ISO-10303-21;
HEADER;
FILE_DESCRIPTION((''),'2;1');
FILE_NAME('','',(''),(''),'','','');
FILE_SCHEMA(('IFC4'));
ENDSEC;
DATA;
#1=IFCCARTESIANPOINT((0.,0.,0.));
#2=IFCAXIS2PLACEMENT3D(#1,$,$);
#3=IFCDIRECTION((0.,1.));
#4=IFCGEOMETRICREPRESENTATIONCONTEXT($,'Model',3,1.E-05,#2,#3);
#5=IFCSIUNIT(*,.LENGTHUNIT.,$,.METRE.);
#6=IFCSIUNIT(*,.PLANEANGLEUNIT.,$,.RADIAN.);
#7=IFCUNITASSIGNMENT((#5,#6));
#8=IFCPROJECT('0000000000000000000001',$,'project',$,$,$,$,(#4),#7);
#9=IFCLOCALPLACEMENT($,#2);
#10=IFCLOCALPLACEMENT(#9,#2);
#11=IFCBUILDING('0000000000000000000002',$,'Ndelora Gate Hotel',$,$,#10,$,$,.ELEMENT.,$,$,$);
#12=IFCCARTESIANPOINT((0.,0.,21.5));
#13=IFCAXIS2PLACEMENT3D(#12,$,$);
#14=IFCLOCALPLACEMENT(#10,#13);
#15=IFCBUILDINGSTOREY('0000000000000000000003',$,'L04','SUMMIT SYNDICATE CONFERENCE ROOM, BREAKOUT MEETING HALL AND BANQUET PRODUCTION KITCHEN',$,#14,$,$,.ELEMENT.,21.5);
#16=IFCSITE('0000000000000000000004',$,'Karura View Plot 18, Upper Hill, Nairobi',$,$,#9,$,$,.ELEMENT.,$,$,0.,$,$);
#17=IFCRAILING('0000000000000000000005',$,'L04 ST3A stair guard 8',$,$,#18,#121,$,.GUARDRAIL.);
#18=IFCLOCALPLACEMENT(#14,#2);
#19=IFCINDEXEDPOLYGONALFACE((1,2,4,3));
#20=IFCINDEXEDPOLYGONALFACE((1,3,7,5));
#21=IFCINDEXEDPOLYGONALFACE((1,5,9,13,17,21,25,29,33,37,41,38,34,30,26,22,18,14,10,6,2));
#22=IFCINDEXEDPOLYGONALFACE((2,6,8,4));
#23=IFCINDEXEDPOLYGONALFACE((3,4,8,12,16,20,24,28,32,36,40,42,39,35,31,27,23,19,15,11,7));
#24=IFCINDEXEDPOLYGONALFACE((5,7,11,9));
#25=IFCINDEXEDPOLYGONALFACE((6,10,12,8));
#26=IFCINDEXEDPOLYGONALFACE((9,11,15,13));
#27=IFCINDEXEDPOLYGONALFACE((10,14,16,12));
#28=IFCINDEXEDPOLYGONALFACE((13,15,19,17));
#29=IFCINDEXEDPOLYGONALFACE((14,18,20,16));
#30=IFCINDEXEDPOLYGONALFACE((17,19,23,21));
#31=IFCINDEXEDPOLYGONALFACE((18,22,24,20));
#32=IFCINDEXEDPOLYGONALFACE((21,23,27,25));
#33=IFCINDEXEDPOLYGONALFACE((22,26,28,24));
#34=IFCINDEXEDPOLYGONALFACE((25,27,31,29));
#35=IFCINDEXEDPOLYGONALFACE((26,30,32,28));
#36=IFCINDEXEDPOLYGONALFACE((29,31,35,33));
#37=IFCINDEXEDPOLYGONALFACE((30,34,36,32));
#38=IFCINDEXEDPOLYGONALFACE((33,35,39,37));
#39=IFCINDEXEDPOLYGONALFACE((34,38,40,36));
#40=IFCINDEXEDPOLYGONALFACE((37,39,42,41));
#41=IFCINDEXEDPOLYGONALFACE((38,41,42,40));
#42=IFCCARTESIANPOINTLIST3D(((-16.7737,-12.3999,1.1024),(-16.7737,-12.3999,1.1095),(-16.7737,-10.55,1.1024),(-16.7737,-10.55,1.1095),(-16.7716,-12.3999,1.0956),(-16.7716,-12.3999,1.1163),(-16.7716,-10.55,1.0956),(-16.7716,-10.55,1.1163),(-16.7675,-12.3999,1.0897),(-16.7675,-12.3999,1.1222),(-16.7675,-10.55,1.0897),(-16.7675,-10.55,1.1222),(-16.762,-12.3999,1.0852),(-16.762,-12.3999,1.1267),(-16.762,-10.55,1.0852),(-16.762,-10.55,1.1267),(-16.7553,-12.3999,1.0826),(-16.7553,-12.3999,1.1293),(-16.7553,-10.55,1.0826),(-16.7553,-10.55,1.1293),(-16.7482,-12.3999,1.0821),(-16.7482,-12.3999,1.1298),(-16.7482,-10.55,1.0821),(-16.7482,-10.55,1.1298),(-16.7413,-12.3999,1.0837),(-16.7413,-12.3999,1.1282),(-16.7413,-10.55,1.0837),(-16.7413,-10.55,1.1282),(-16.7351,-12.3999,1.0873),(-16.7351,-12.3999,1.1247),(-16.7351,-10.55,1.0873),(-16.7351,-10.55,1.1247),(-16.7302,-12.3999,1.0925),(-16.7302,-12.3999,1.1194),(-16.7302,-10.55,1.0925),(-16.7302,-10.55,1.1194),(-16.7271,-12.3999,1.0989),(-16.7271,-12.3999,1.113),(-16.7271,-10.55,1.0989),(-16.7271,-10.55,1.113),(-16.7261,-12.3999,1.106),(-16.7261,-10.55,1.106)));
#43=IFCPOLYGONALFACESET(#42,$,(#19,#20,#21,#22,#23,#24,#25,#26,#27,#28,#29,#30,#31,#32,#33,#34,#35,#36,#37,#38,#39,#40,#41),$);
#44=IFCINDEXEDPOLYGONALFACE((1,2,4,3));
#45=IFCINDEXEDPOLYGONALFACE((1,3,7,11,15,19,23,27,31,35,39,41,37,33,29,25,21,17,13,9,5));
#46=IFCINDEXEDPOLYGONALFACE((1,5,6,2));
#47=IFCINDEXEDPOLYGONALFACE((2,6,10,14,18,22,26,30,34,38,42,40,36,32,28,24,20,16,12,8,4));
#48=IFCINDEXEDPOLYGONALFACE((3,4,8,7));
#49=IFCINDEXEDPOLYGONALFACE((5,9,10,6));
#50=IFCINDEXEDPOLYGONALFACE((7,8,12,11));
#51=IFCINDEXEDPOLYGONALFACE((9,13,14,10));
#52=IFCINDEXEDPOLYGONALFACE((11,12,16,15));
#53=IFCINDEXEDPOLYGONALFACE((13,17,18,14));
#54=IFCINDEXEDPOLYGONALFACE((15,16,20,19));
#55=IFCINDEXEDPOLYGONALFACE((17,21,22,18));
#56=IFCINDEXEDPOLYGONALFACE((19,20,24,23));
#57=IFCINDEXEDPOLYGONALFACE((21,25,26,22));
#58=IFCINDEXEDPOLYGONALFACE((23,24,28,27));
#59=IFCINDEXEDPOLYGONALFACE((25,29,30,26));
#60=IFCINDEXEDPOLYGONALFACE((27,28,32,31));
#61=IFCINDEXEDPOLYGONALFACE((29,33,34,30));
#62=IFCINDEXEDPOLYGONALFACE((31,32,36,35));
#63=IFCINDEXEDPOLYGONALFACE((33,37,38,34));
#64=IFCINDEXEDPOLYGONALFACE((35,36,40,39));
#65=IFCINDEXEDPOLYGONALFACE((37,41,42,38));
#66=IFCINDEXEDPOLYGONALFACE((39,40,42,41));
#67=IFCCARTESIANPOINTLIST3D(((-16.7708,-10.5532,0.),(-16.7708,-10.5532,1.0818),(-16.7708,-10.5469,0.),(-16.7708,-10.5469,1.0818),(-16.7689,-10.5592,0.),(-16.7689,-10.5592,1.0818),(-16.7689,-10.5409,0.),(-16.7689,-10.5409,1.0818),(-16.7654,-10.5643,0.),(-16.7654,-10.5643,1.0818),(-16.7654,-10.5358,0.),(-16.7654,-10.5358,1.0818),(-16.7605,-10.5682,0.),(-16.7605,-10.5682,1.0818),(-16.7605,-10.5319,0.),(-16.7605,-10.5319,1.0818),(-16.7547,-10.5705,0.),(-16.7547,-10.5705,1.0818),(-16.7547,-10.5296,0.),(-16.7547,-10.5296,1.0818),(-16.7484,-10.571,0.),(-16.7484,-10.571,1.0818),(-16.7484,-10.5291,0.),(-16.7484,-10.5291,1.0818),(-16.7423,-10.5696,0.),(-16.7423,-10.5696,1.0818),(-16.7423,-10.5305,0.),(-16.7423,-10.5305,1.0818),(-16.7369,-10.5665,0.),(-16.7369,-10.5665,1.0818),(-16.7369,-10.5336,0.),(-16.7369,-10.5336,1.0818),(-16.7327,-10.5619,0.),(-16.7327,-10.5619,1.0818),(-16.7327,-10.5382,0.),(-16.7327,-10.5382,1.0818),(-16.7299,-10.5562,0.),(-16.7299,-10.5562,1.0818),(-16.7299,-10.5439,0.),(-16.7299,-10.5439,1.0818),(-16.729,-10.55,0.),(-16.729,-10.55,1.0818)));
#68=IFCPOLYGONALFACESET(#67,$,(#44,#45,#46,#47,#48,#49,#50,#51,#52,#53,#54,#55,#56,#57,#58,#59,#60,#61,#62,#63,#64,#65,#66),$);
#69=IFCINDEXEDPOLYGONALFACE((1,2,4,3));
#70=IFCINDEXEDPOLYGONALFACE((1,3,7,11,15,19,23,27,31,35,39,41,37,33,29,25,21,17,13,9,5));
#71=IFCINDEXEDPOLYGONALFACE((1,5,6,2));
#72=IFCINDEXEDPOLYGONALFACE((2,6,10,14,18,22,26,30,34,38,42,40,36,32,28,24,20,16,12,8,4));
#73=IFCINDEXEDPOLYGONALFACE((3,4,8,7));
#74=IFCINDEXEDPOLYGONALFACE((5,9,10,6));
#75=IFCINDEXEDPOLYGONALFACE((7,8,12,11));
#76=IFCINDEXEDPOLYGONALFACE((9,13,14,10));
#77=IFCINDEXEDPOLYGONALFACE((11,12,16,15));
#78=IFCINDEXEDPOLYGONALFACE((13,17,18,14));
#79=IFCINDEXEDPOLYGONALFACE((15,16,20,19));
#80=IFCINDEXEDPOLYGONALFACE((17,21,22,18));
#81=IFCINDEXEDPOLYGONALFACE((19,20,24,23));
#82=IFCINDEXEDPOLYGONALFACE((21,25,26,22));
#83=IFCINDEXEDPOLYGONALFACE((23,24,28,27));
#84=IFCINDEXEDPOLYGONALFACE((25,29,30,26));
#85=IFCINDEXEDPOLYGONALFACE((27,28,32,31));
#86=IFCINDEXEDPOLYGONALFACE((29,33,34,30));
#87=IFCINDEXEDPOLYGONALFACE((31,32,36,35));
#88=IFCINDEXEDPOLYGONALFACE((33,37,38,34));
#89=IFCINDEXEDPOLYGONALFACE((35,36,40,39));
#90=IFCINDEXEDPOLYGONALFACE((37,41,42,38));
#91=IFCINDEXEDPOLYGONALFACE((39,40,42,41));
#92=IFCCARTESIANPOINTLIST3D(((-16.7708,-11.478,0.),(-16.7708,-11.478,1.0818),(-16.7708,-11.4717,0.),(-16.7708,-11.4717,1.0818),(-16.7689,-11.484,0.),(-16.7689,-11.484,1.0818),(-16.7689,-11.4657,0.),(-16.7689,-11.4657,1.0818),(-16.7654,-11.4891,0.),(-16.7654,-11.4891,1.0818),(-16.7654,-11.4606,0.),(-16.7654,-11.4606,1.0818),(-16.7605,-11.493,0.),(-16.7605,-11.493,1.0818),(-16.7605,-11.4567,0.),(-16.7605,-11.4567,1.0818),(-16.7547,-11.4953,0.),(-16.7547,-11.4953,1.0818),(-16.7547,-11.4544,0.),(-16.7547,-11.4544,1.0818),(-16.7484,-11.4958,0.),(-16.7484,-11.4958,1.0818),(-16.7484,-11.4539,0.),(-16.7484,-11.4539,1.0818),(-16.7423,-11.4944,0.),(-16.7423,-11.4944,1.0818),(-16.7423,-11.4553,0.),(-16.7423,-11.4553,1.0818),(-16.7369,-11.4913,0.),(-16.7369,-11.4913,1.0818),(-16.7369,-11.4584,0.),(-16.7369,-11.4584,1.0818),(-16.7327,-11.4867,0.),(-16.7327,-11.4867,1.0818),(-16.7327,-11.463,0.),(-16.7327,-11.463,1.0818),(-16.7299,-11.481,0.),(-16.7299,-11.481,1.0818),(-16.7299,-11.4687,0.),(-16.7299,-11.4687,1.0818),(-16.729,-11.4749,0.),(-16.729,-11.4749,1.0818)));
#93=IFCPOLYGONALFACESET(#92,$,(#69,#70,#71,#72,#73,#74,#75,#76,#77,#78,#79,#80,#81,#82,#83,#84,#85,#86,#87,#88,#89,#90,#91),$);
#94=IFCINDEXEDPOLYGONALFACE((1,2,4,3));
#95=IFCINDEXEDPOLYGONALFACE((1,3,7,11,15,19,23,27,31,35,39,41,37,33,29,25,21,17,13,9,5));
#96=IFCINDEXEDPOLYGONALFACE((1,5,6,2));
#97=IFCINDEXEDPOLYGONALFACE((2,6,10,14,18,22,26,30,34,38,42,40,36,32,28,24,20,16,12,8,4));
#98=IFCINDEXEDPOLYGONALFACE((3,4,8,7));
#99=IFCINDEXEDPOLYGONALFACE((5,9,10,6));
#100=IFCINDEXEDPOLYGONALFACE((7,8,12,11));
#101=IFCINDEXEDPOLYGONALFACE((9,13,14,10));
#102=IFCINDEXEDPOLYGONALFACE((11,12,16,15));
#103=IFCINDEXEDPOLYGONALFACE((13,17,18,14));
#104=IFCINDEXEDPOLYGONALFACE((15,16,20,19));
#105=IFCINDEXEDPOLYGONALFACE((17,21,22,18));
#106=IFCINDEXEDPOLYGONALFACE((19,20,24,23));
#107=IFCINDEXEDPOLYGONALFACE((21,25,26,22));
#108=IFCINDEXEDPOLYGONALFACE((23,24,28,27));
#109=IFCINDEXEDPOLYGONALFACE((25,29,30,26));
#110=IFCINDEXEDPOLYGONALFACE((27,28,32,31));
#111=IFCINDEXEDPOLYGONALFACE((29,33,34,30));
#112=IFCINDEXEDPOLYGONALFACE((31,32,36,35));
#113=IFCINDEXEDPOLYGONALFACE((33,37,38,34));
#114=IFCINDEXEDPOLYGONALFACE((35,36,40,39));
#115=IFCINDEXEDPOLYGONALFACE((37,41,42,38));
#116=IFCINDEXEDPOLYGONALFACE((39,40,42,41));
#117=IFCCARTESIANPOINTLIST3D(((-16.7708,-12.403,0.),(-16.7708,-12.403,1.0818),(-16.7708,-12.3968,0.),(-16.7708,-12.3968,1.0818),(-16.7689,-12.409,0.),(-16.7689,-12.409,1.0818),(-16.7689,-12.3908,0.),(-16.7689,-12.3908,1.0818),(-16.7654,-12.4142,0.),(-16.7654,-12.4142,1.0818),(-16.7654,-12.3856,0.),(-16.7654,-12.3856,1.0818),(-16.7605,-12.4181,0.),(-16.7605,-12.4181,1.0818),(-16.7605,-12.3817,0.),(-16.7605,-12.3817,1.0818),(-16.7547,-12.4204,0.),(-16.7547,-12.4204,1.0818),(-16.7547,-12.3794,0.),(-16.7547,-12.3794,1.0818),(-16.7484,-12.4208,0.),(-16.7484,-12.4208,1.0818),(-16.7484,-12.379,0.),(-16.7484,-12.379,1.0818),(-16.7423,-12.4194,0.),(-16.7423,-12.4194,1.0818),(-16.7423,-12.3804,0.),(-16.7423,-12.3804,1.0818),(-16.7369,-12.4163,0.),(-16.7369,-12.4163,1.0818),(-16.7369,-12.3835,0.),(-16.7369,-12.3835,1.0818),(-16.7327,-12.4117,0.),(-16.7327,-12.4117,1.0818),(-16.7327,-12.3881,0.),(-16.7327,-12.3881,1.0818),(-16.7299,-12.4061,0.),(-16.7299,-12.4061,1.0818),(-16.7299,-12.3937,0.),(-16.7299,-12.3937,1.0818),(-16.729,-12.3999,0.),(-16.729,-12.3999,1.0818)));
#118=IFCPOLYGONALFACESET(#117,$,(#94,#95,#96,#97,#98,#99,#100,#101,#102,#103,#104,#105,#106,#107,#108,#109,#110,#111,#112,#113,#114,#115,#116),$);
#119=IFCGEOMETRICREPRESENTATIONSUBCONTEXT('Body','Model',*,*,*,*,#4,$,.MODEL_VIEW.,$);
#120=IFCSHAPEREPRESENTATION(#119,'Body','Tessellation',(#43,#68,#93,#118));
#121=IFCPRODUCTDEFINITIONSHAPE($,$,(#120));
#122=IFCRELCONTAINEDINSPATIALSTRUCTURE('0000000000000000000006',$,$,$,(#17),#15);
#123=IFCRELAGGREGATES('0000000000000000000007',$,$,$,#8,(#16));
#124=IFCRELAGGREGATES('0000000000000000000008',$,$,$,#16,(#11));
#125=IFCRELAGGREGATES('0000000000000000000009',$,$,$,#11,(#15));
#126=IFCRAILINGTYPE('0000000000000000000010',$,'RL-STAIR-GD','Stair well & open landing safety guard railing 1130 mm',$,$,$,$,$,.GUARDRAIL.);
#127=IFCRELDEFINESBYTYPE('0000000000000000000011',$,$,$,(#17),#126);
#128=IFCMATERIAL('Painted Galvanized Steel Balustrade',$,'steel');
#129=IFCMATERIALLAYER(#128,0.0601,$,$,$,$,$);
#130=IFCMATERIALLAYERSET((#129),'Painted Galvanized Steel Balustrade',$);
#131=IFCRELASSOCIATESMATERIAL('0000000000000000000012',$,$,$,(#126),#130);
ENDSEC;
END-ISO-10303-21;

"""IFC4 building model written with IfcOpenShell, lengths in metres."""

from ifc_helpers import new_model, si_unit, direction, frame, origin, origin_2d, place, context, subcontext, project, spatial, circle, extrude, material, layer, layer_set, type_object, element, save


model = new_model("IFC4")

# Units and contexts
model_context = context("Model", 3, precision=1e-05, world=origin(), true_north=direction((0.0, 1.0)))
body_context = subcontext(model_context, "Body", "Model", "MODEL_VIEW")
ifc_project = project(units=[si_unit("LENGTHUNIT", "METRE"), si_unit("PLANEANGLEUNIT", "RADIAN")], contexts=[model_context])

# Site, building, storey
site_placement = place(None, origin())
site = spatial("IfcSite", under=ifc_project, at=site_placement, Name="Karura View Plot 18, Upper Hill, Nairobi", CompositionType="ELEMENT", RefElevation=0.0)
building_placement = place(site_placement, origin())
building = spatial("IfcBuilding", under=site, at=building_placement, Name="Ndelora Gate Hotel", CompositionType="ELEMENT")
storey_placement = place(building_placement, frame((0.0, 0.0, 21.5)))
storey = spatial("IfcBuildingStorey", under=building, at=storey_placement, Name="L04", Description="SUMMIT SYNDICATE CONFERENCE ROOM, BREAKOUT MEETING HALL AND BANQUET PRODUCTION KITCHEN", CompositionType="ELEMENT", Elevation=21.5)

# Railing
ifc_material_1 = material(Name="Painted Galvanized Steel Balustrade", Category="steel")
ifc_layer_1 = layer(ifc_material_1, 0.0601)
ifc_layer_set_1 = layer_set([ifc_layer_1], Name="Painted Galvanized Steel Balustrade")
railing_type_1 = type_object("IfcRailingType", Name="RL-STAIR-GD", Description="Stair well & open landing safety guard railing 1130 mm", PredefinedType="GUARDRAIL", material=ifc_layer_set_1)
railing_1_placement = place(storey_placement, frame((-16.75, -10.55, 0.0)))
element("IfcRailing", 1, at=railing_1_placement, inside=storey, type_object=railing_type_1, Name="L04 ST3A stair guard 8", PredefinedType="GUARDRAIL", context=body_context, shape_type="SweptSolid", body=[
    extrude(circle(Radius=0.0239, at=origin_2d()), frame((0.0, 0.0, 1.106), z_axis=(0.0, -1.0, 0.0), x_axis=(1.0, 0.0, 0.0)), (0.0, 0.0, 1.0), 1.8499),
    extrude(circle(Radius=0.021, at=origin_2d()), origin(), (0.0, 0.0, 1.0), 1.0818),
    extrude(circle(Radius=0.021, at=origin_2d()), frame((0.0, -0.9248, 0.0)), (0.0, 0.0, 1.0), 1.0818),
    extrude(circle(Radius=0.021, at=origin_2d()), frame((0.0, -1.8499, 0.0)), (0.0, 0.0, 1.0), 1.0818),
])

save(model, "model.ifc")
